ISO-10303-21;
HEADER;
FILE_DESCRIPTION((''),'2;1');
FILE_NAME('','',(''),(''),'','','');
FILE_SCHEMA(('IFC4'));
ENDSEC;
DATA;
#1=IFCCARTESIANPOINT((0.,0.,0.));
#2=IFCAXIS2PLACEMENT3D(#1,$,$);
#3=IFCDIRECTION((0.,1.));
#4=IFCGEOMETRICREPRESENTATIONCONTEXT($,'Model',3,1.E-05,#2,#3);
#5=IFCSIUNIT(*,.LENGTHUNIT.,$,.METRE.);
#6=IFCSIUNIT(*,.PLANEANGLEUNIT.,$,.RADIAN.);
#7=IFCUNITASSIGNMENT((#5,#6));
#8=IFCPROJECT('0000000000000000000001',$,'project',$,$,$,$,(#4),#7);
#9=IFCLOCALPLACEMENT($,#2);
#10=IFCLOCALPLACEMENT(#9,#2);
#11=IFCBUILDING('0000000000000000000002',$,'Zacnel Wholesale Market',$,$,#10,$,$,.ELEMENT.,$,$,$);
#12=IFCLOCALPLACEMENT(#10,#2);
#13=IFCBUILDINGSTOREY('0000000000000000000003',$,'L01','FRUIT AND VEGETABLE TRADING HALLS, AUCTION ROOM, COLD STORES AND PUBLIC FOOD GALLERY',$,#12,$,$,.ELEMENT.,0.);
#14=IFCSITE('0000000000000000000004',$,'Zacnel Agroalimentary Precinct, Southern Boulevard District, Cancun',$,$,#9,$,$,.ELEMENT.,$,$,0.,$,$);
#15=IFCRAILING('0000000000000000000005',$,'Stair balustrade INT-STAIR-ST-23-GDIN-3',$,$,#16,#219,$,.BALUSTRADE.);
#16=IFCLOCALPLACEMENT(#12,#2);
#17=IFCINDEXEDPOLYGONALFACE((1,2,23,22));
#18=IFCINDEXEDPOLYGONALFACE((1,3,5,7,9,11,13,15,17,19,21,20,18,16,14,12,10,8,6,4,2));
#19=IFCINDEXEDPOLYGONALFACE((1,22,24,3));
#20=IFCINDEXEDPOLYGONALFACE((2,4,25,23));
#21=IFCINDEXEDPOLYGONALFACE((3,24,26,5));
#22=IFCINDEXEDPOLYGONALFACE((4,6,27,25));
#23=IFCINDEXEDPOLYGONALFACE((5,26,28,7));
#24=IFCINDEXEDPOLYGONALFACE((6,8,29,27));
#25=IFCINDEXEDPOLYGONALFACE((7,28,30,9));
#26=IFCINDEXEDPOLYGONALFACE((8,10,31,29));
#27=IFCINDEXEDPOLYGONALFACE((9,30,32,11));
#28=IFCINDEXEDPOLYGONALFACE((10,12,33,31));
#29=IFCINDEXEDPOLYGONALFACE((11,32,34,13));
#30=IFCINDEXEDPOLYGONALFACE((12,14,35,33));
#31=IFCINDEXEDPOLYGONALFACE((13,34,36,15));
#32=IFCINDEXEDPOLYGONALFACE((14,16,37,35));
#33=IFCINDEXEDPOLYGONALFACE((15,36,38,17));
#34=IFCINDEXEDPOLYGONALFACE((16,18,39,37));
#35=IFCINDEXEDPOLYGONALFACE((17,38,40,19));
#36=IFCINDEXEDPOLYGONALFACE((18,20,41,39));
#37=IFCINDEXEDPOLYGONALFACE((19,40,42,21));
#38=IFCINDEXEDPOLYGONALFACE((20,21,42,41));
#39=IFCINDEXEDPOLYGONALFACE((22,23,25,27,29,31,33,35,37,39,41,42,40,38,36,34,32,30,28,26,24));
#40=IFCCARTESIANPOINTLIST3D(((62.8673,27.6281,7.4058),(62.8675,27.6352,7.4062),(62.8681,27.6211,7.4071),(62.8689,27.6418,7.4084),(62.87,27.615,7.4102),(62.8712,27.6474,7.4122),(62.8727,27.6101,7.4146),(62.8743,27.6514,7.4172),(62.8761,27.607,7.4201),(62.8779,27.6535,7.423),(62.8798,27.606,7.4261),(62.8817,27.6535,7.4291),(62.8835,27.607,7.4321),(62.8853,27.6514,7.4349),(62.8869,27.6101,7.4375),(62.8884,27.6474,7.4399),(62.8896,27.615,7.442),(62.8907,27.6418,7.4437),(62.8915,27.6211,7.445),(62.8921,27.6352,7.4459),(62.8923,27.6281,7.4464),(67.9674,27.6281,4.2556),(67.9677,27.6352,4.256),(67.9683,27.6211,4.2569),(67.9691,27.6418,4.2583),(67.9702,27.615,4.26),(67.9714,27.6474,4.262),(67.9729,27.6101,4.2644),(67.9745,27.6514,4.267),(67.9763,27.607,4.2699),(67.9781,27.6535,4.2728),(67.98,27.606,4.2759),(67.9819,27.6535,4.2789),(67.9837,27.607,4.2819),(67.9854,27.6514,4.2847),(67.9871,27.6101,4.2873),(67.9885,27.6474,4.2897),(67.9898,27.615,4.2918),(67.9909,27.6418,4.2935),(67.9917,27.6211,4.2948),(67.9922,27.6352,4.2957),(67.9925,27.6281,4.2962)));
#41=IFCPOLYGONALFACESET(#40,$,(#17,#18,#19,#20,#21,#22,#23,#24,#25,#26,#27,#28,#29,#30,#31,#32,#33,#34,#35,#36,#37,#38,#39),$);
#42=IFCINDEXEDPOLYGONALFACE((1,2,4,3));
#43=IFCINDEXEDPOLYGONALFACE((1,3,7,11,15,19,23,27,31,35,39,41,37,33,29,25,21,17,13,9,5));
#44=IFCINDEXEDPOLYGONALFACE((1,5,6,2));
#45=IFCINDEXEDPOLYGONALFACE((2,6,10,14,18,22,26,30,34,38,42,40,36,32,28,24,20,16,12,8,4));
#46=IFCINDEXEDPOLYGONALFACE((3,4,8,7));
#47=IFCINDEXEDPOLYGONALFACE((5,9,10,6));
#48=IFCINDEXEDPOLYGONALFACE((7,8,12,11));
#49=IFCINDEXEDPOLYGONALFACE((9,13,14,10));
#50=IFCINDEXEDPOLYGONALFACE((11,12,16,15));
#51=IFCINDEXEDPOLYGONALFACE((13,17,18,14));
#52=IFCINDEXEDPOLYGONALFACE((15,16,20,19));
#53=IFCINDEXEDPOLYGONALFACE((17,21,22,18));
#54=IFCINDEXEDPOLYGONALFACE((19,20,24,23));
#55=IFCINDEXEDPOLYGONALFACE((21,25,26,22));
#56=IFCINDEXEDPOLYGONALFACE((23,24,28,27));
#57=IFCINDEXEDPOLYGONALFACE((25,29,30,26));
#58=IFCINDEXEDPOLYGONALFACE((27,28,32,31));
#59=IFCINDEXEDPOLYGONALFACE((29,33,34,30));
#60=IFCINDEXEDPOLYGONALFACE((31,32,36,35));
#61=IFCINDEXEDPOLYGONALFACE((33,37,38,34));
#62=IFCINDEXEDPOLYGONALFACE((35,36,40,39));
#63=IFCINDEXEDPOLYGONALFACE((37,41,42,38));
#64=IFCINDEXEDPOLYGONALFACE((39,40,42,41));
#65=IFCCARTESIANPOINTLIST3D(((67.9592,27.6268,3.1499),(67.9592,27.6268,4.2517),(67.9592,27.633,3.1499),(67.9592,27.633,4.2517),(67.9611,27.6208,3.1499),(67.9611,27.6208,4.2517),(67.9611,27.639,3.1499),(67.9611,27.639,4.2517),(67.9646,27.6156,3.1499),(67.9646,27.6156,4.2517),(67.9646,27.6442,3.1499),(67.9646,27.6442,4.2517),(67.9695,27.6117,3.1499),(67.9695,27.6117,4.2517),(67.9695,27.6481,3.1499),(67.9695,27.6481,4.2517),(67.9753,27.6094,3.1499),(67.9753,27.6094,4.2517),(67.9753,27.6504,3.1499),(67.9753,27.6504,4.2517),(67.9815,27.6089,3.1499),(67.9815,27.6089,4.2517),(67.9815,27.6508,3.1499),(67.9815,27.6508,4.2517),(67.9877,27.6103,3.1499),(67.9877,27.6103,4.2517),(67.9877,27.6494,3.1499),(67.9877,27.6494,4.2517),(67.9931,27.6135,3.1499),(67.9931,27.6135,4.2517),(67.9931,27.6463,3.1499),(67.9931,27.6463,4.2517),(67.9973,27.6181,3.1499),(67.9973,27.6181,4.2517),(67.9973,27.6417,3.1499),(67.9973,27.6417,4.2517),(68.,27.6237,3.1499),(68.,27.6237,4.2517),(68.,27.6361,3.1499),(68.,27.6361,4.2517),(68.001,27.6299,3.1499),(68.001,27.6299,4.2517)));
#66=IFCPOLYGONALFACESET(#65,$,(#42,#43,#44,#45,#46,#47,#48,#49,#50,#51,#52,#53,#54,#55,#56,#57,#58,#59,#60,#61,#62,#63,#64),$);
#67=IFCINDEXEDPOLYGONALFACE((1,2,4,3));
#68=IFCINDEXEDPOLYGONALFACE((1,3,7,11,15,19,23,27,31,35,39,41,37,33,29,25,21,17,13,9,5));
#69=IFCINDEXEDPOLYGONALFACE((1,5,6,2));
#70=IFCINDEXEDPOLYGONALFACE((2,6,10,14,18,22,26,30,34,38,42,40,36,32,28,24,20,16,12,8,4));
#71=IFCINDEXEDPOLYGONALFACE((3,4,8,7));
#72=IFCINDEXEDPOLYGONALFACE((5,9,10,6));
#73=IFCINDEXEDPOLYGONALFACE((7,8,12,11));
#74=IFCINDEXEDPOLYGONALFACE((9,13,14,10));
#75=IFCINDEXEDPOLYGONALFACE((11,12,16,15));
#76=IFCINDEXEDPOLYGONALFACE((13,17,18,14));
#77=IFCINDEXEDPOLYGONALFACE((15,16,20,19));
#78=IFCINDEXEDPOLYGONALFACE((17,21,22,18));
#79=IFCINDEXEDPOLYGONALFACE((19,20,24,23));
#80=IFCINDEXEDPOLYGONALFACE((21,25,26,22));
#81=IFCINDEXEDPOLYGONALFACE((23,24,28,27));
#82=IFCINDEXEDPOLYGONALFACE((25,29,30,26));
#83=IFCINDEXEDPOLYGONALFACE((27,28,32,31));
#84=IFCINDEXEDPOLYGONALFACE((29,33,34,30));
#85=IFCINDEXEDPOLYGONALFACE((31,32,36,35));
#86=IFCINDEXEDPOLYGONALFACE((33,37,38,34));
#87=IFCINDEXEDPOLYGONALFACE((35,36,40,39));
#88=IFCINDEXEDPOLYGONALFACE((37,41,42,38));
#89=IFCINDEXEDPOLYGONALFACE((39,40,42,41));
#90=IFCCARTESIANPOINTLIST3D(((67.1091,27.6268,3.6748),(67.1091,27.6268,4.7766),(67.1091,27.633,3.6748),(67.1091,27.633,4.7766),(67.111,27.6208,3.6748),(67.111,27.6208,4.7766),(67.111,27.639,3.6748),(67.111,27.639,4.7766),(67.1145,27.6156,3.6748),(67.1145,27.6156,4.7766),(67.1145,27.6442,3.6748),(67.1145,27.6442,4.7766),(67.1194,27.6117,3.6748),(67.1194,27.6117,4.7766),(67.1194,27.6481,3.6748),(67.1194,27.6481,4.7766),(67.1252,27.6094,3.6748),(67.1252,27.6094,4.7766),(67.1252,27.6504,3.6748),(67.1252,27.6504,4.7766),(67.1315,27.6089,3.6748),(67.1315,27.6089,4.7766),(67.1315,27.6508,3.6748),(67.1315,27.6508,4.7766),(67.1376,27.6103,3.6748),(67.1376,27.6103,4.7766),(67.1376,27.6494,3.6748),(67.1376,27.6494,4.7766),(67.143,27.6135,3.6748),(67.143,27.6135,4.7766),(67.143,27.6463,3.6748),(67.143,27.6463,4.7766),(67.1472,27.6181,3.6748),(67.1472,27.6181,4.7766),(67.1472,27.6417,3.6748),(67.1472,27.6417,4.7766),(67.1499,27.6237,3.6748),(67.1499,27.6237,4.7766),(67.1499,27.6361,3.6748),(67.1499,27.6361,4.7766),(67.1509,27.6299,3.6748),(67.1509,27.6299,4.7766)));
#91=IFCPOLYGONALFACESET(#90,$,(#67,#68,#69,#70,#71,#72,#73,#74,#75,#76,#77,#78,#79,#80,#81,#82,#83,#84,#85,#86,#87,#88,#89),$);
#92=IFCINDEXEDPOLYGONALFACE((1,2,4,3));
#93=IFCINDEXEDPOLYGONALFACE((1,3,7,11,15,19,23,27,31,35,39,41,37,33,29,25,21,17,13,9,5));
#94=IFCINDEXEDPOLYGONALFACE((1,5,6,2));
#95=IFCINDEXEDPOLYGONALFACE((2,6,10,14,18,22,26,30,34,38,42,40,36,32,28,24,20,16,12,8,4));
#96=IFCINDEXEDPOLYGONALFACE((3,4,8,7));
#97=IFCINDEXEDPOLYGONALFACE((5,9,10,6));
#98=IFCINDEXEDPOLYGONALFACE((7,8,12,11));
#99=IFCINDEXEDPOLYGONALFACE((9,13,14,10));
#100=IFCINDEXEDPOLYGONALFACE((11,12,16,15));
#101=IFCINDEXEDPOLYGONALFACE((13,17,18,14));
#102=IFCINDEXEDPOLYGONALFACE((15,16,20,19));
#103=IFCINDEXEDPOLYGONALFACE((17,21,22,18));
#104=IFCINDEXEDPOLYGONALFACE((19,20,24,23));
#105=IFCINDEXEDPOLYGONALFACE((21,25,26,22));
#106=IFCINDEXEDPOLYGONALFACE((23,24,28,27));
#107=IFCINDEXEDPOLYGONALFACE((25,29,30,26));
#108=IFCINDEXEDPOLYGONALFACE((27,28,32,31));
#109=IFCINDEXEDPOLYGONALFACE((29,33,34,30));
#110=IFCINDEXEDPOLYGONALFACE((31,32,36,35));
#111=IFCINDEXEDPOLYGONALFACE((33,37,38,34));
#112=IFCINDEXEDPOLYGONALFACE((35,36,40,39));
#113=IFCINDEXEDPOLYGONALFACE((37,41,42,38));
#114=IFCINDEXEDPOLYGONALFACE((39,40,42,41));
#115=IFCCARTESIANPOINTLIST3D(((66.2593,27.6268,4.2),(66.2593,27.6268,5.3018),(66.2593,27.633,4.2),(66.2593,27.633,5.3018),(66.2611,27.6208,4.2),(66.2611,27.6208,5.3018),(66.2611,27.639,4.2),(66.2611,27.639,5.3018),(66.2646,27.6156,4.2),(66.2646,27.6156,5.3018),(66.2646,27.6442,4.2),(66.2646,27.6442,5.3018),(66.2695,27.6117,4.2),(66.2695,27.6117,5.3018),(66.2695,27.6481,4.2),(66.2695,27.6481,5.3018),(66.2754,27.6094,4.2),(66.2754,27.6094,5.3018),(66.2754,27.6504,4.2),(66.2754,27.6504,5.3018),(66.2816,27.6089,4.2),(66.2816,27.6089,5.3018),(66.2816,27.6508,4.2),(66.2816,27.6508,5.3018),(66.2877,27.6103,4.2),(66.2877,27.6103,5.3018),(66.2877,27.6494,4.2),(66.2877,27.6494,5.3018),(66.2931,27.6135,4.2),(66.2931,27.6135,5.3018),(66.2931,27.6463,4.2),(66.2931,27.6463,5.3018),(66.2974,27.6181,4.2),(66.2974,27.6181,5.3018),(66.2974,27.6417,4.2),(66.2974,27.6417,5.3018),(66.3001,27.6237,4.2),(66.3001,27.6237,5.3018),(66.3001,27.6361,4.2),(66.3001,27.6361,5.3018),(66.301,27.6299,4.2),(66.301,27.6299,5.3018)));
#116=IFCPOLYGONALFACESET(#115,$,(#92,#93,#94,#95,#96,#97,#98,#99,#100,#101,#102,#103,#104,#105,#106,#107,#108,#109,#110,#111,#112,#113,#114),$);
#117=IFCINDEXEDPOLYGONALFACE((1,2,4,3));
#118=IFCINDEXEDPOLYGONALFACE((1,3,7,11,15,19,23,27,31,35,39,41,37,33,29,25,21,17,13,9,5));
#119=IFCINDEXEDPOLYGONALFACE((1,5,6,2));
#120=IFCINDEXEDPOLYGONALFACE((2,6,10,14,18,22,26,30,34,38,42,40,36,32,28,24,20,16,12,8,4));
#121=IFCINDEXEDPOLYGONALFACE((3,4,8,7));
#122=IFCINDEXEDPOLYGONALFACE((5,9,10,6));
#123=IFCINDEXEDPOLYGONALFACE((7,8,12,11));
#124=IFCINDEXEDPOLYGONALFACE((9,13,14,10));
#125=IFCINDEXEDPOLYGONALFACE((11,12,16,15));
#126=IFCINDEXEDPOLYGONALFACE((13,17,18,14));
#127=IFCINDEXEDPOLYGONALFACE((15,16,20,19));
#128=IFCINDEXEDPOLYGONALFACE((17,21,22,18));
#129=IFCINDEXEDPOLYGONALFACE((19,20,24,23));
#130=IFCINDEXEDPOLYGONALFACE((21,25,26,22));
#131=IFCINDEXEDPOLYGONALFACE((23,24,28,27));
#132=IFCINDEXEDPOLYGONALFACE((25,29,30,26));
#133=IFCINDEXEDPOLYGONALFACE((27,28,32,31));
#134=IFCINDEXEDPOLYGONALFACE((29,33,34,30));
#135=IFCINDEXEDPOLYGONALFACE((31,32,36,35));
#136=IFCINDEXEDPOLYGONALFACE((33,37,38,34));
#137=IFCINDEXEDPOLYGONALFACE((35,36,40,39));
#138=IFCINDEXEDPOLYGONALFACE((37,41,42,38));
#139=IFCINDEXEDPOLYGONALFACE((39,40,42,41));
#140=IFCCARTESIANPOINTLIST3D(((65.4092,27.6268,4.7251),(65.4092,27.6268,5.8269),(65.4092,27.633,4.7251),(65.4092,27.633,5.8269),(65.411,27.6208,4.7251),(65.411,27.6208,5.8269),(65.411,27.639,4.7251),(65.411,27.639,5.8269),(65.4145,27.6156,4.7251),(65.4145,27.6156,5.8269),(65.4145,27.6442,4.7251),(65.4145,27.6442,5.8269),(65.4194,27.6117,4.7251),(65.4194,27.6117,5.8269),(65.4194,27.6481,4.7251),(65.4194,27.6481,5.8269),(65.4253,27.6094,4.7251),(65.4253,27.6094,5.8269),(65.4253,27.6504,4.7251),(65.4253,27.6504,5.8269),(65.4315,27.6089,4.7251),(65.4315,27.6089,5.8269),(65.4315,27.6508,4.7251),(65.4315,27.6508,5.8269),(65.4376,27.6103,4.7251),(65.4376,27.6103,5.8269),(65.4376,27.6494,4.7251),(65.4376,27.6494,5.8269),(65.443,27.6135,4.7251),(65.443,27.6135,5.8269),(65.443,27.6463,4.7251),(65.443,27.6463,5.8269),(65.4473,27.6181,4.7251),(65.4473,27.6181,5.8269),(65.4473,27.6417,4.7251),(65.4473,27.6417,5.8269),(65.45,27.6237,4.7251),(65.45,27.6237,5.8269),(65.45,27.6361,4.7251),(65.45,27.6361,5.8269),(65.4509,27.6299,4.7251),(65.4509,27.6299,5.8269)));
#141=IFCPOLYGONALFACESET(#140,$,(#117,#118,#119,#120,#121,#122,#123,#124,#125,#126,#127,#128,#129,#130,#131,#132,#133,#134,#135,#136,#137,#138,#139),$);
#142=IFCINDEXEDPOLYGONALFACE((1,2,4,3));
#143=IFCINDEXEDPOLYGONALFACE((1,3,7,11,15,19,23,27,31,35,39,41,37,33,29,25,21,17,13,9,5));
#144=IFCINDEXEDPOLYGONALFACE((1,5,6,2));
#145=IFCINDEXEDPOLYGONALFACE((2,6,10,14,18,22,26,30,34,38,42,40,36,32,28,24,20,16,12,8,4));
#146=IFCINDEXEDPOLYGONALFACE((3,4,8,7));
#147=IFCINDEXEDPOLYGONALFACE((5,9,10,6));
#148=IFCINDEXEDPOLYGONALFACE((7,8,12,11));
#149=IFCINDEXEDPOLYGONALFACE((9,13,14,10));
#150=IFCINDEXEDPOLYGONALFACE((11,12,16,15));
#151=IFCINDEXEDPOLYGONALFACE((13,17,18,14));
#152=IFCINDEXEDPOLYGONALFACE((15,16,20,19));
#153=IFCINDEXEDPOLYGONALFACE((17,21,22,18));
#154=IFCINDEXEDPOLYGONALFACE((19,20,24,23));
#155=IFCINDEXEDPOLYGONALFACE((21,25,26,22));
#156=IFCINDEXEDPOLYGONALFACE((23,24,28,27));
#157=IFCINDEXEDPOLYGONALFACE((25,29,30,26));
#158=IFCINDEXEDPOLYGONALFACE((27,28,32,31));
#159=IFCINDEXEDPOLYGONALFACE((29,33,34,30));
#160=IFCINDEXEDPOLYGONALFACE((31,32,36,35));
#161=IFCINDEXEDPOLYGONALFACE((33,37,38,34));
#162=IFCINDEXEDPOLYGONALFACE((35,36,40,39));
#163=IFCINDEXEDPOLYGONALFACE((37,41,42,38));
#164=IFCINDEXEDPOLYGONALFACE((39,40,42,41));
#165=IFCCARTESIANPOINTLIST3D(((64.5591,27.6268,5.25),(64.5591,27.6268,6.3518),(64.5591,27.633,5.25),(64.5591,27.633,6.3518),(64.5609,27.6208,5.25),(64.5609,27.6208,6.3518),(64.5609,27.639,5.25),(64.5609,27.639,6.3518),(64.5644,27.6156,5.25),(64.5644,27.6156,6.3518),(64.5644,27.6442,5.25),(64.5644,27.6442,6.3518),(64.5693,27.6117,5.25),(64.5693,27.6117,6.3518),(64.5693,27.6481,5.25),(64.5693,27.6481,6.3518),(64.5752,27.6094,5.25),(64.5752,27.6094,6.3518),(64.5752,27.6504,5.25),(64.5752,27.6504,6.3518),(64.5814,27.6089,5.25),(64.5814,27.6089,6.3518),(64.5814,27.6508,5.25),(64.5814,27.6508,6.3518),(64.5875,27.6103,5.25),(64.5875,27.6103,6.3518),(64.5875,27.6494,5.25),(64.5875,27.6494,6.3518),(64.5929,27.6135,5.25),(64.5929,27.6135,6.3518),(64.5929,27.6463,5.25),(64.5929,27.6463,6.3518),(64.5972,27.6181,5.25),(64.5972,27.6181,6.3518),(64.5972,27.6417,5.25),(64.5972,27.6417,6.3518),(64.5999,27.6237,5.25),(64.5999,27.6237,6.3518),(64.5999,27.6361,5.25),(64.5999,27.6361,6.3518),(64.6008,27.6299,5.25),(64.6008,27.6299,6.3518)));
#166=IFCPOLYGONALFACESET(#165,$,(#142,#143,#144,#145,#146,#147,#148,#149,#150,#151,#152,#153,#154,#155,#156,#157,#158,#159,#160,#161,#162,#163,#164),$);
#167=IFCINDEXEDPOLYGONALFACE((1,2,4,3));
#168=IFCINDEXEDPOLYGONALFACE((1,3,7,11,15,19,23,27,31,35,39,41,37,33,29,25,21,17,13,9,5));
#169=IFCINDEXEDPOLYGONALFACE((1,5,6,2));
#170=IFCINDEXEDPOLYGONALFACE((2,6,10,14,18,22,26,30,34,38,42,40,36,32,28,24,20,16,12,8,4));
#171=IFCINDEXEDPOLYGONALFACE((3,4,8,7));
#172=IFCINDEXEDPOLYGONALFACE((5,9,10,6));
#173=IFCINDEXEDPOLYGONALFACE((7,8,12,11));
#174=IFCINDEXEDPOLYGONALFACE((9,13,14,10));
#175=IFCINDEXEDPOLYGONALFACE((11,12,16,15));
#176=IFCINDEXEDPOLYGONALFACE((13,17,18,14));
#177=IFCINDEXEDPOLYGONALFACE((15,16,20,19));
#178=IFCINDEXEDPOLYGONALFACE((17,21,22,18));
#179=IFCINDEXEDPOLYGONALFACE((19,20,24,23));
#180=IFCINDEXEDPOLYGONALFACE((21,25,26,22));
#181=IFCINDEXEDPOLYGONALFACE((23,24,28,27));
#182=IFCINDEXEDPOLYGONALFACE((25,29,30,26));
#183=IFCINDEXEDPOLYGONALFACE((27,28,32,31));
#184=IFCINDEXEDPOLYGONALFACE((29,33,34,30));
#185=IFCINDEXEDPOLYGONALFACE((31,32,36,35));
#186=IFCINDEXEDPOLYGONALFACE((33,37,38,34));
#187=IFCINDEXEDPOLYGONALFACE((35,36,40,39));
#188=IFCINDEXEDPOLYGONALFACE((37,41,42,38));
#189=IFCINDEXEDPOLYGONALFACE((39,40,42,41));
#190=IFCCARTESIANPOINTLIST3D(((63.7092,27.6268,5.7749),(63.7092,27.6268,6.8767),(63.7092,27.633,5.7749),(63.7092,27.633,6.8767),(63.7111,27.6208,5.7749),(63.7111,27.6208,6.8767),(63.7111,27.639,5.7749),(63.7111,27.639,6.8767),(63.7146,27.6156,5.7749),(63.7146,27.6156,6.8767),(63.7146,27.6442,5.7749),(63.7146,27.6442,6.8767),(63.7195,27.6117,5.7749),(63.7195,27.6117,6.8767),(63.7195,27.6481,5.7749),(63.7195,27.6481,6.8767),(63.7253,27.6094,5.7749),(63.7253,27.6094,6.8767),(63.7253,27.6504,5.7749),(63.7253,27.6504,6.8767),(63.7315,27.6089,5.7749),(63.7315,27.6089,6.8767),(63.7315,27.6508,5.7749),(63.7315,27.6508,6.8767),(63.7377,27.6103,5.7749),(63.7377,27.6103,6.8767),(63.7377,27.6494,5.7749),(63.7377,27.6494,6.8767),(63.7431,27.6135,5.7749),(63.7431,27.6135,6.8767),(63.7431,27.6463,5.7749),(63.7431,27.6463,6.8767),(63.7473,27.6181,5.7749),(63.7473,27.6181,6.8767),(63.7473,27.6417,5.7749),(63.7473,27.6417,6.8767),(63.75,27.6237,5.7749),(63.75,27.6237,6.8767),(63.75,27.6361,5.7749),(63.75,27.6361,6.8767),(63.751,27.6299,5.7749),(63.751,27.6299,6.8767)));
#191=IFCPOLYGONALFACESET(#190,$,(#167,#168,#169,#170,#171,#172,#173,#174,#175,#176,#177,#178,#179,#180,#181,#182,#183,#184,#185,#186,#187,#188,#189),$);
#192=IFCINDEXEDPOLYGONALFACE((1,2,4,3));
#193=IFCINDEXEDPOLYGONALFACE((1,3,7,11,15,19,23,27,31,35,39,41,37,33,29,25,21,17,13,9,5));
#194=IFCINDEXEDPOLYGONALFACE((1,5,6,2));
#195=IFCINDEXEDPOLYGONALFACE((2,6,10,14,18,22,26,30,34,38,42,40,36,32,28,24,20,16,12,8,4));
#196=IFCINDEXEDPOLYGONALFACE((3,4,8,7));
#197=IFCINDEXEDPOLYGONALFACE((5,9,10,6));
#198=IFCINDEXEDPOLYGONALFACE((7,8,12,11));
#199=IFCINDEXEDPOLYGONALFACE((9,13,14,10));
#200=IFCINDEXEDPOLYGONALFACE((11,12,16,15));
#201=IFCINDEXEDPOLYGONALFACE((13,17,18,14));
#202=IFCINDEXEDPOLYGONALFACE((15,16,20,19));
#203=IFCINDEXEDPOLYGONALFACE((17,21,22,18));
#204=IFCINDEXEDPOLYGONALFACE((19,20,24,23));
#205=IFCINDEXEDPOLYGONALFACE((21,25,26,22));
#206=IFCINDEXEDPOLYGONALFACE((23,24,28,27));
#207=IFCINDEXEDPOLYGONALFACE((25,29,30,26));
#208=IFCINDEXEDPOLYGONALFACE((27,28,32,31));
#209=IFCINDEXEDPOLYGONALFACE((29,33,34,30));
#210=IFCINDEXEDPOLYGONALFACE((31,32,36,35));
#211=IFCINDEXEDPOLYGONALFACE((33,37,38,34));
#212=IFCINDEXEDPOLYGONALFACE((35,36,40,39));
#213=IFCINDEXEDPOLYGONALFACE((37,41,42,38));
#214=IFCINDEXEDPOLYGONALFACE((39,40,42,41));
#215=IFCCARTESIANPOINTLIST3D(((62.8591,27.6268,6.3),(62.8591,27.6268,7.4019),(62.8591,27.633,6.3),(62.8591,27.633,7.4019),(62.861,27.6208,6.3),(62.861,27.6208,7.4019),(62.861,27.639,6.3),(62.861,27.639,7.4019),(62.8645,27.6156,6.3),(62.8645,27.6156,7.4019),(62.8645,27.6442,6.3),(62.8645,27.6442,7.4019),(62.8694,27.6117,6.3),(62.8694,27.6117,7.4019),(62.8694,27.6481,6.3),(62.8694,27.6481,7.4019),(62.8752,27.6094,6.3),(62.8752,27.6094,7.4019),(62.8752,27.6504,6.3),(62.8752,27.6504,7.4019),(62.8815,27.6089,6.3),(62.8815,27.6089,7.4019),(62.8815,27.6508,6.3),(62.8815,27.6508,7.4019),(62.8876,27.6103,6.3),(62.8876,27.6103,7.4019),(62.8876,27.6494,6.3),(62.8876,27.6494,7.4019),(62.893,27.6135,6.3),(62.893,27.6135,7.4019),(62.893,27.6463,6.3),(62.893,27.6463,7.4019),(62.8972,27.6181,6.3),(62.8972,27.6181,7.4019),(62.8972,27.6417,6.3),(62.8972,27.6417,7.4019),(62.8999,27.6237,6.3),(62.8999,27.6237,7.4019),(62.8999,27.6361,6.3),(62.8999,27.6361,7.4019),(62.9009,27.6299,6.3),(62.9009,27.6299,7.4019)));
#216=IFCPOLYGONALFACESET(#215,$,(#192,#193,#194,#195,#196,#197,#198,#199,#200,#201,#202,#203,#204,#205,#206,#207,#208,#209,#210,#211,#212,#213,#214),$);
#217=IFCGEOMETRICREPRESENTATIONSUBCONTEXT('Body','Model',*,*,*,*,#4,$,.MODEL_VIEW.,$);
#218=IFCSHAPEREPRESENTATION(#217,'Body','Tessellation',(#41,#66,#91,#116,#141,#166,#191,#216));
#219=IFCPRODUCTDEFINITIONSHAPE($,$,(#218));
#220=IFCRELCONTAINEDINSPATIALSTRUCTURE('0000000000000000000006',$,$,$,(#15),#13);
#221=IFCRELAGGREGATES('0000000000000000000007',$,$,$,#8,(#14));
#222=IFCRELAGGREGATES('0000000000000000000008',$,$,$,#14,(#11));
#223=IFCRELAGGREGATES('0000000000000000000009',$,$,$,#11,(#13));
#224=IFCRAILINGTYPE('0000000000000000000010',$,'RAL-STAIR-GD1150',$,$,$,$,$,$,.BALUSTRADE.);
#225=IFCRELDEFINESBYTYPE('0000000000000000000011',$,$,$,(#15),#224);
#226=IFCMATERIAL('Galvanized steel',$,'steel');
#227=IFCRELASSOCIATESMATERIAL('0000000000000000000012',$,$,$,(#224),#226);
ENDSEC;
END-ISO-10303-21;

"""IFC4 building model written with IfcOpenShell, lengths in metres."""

from ifc_helpers import new_model, si_unit, direction, frame, origin, origin_2d, place, context, subcontext, project, spatial, circle, extrude, material, type_object, element, save


model = new_model("IFC4")

# Units and contexts
model_context = context("Model", 3, precision=1e-05, world=origin(), true_north=direction((0.0, 1.0)))
body_context = subcontext(model_context, "Body", "Model", "MODEL_VIEW")
ifc_project = project(units=[si_unit("LENGTHUNIT", "METRE"), si_unit("PLANEANGLEUNIT", "RADIAN")], contexts=[model_context])

# Site, building, storey
site_placement = place(None, origin())
site = spatial("IfcSite", under=ifc_project, at=site_placement, Name="Zacnel Agroalimentary Precinct, Southern Boulevard District, Cancun", CompositionType="ELEMENT", RefElevation=0.0)
building_placement = place(site_placement, origin())
building = spatial("IfcBuilding", under=site, at=building_placement, Name="Zacnel Wholesale Market", CompositionType="ELEMENT")
storey_placement = place(building_placement, origin())
storey = spatial("IfcBuildingStorey", under=building, at=storey_placement, Name="L01", Description="FRUIT AND VEGETABLE TRADING HALLS, AUCTION ROOM, COLD STORES AND PUBLIC FOOD GALLERY", CompositionType="ELEMENT", Elevation=0.0)

# Railing
ifc_material_1 = material(Name="Galvanized steel", Category="steel")
railing_type_1 = type_object("IfcRailingType", Name="RAL-STAIR-GD1150", PredefinedType="BALUSTRADE", material=ifc_material_1)
railing_1_placement = place(storey_placement, frame((67.98, 27.6299, 3.1499)))
element("IfcRailing", 1, at=railing_1_placement, inside=storey, type_object=railing_type_1, Name="Stair balustrade INT-STAIR-ST-23-GDIN-3", PredefinedType="BALUSTRADE", context=body_context, shape_type="SweptSolid", body=[
    extrude(circle(Radius=0.0239, at=origin_2d()), frame((0.0, 0.0, 1.126), z_axis=(-0.850792, 0.0, 0.525503), x_axis=(0.0, -1.0, 0.0)), (0.0, 0.0, 1.0), 5.9946),
    extrude(circle(Radius=0.021, at=origin_2d()), origin(), (0.0, 0.0, 1.0), 1.1018),
    extrude(circle(Radius=0.021, at=origin_2d()), frame((-0.8501, 0.0, 0.5249)), (0.0, 0.0, 1.0), 1.1018),
    extrude(circle(Radius=0.021, at=origin_2d()), frame((-1.7, 0.0, 1.05)), (0.0, 0.0, 1.0), 1.1018),
    extrude(circle(Radius=0.021, at=origin_2d()), frame((-2.55, 0.0, 1.5752)), (0.0, 0.0, 1.0), 1.1018),
    extrude(circle(Radius=0.021, at=origin_2d()), frame((-3.4001, 0.0, 2.1001)), (0.0, 0.0, 1.0), 1.1018),
    extrude(circle(Radius=0.021, at=origin_2d()), frame((-4.25, 0.0, 2.625)), (0.0, 0.0, 1.0), 1.1018),
    extrude(circle(Radius=0.021, at=origin_2d()), frame((-5.1001, 0.0, 3.1501)), (0.0, 0.0, 1.0), 1.1018),
])

save(model, "model.ifc")
